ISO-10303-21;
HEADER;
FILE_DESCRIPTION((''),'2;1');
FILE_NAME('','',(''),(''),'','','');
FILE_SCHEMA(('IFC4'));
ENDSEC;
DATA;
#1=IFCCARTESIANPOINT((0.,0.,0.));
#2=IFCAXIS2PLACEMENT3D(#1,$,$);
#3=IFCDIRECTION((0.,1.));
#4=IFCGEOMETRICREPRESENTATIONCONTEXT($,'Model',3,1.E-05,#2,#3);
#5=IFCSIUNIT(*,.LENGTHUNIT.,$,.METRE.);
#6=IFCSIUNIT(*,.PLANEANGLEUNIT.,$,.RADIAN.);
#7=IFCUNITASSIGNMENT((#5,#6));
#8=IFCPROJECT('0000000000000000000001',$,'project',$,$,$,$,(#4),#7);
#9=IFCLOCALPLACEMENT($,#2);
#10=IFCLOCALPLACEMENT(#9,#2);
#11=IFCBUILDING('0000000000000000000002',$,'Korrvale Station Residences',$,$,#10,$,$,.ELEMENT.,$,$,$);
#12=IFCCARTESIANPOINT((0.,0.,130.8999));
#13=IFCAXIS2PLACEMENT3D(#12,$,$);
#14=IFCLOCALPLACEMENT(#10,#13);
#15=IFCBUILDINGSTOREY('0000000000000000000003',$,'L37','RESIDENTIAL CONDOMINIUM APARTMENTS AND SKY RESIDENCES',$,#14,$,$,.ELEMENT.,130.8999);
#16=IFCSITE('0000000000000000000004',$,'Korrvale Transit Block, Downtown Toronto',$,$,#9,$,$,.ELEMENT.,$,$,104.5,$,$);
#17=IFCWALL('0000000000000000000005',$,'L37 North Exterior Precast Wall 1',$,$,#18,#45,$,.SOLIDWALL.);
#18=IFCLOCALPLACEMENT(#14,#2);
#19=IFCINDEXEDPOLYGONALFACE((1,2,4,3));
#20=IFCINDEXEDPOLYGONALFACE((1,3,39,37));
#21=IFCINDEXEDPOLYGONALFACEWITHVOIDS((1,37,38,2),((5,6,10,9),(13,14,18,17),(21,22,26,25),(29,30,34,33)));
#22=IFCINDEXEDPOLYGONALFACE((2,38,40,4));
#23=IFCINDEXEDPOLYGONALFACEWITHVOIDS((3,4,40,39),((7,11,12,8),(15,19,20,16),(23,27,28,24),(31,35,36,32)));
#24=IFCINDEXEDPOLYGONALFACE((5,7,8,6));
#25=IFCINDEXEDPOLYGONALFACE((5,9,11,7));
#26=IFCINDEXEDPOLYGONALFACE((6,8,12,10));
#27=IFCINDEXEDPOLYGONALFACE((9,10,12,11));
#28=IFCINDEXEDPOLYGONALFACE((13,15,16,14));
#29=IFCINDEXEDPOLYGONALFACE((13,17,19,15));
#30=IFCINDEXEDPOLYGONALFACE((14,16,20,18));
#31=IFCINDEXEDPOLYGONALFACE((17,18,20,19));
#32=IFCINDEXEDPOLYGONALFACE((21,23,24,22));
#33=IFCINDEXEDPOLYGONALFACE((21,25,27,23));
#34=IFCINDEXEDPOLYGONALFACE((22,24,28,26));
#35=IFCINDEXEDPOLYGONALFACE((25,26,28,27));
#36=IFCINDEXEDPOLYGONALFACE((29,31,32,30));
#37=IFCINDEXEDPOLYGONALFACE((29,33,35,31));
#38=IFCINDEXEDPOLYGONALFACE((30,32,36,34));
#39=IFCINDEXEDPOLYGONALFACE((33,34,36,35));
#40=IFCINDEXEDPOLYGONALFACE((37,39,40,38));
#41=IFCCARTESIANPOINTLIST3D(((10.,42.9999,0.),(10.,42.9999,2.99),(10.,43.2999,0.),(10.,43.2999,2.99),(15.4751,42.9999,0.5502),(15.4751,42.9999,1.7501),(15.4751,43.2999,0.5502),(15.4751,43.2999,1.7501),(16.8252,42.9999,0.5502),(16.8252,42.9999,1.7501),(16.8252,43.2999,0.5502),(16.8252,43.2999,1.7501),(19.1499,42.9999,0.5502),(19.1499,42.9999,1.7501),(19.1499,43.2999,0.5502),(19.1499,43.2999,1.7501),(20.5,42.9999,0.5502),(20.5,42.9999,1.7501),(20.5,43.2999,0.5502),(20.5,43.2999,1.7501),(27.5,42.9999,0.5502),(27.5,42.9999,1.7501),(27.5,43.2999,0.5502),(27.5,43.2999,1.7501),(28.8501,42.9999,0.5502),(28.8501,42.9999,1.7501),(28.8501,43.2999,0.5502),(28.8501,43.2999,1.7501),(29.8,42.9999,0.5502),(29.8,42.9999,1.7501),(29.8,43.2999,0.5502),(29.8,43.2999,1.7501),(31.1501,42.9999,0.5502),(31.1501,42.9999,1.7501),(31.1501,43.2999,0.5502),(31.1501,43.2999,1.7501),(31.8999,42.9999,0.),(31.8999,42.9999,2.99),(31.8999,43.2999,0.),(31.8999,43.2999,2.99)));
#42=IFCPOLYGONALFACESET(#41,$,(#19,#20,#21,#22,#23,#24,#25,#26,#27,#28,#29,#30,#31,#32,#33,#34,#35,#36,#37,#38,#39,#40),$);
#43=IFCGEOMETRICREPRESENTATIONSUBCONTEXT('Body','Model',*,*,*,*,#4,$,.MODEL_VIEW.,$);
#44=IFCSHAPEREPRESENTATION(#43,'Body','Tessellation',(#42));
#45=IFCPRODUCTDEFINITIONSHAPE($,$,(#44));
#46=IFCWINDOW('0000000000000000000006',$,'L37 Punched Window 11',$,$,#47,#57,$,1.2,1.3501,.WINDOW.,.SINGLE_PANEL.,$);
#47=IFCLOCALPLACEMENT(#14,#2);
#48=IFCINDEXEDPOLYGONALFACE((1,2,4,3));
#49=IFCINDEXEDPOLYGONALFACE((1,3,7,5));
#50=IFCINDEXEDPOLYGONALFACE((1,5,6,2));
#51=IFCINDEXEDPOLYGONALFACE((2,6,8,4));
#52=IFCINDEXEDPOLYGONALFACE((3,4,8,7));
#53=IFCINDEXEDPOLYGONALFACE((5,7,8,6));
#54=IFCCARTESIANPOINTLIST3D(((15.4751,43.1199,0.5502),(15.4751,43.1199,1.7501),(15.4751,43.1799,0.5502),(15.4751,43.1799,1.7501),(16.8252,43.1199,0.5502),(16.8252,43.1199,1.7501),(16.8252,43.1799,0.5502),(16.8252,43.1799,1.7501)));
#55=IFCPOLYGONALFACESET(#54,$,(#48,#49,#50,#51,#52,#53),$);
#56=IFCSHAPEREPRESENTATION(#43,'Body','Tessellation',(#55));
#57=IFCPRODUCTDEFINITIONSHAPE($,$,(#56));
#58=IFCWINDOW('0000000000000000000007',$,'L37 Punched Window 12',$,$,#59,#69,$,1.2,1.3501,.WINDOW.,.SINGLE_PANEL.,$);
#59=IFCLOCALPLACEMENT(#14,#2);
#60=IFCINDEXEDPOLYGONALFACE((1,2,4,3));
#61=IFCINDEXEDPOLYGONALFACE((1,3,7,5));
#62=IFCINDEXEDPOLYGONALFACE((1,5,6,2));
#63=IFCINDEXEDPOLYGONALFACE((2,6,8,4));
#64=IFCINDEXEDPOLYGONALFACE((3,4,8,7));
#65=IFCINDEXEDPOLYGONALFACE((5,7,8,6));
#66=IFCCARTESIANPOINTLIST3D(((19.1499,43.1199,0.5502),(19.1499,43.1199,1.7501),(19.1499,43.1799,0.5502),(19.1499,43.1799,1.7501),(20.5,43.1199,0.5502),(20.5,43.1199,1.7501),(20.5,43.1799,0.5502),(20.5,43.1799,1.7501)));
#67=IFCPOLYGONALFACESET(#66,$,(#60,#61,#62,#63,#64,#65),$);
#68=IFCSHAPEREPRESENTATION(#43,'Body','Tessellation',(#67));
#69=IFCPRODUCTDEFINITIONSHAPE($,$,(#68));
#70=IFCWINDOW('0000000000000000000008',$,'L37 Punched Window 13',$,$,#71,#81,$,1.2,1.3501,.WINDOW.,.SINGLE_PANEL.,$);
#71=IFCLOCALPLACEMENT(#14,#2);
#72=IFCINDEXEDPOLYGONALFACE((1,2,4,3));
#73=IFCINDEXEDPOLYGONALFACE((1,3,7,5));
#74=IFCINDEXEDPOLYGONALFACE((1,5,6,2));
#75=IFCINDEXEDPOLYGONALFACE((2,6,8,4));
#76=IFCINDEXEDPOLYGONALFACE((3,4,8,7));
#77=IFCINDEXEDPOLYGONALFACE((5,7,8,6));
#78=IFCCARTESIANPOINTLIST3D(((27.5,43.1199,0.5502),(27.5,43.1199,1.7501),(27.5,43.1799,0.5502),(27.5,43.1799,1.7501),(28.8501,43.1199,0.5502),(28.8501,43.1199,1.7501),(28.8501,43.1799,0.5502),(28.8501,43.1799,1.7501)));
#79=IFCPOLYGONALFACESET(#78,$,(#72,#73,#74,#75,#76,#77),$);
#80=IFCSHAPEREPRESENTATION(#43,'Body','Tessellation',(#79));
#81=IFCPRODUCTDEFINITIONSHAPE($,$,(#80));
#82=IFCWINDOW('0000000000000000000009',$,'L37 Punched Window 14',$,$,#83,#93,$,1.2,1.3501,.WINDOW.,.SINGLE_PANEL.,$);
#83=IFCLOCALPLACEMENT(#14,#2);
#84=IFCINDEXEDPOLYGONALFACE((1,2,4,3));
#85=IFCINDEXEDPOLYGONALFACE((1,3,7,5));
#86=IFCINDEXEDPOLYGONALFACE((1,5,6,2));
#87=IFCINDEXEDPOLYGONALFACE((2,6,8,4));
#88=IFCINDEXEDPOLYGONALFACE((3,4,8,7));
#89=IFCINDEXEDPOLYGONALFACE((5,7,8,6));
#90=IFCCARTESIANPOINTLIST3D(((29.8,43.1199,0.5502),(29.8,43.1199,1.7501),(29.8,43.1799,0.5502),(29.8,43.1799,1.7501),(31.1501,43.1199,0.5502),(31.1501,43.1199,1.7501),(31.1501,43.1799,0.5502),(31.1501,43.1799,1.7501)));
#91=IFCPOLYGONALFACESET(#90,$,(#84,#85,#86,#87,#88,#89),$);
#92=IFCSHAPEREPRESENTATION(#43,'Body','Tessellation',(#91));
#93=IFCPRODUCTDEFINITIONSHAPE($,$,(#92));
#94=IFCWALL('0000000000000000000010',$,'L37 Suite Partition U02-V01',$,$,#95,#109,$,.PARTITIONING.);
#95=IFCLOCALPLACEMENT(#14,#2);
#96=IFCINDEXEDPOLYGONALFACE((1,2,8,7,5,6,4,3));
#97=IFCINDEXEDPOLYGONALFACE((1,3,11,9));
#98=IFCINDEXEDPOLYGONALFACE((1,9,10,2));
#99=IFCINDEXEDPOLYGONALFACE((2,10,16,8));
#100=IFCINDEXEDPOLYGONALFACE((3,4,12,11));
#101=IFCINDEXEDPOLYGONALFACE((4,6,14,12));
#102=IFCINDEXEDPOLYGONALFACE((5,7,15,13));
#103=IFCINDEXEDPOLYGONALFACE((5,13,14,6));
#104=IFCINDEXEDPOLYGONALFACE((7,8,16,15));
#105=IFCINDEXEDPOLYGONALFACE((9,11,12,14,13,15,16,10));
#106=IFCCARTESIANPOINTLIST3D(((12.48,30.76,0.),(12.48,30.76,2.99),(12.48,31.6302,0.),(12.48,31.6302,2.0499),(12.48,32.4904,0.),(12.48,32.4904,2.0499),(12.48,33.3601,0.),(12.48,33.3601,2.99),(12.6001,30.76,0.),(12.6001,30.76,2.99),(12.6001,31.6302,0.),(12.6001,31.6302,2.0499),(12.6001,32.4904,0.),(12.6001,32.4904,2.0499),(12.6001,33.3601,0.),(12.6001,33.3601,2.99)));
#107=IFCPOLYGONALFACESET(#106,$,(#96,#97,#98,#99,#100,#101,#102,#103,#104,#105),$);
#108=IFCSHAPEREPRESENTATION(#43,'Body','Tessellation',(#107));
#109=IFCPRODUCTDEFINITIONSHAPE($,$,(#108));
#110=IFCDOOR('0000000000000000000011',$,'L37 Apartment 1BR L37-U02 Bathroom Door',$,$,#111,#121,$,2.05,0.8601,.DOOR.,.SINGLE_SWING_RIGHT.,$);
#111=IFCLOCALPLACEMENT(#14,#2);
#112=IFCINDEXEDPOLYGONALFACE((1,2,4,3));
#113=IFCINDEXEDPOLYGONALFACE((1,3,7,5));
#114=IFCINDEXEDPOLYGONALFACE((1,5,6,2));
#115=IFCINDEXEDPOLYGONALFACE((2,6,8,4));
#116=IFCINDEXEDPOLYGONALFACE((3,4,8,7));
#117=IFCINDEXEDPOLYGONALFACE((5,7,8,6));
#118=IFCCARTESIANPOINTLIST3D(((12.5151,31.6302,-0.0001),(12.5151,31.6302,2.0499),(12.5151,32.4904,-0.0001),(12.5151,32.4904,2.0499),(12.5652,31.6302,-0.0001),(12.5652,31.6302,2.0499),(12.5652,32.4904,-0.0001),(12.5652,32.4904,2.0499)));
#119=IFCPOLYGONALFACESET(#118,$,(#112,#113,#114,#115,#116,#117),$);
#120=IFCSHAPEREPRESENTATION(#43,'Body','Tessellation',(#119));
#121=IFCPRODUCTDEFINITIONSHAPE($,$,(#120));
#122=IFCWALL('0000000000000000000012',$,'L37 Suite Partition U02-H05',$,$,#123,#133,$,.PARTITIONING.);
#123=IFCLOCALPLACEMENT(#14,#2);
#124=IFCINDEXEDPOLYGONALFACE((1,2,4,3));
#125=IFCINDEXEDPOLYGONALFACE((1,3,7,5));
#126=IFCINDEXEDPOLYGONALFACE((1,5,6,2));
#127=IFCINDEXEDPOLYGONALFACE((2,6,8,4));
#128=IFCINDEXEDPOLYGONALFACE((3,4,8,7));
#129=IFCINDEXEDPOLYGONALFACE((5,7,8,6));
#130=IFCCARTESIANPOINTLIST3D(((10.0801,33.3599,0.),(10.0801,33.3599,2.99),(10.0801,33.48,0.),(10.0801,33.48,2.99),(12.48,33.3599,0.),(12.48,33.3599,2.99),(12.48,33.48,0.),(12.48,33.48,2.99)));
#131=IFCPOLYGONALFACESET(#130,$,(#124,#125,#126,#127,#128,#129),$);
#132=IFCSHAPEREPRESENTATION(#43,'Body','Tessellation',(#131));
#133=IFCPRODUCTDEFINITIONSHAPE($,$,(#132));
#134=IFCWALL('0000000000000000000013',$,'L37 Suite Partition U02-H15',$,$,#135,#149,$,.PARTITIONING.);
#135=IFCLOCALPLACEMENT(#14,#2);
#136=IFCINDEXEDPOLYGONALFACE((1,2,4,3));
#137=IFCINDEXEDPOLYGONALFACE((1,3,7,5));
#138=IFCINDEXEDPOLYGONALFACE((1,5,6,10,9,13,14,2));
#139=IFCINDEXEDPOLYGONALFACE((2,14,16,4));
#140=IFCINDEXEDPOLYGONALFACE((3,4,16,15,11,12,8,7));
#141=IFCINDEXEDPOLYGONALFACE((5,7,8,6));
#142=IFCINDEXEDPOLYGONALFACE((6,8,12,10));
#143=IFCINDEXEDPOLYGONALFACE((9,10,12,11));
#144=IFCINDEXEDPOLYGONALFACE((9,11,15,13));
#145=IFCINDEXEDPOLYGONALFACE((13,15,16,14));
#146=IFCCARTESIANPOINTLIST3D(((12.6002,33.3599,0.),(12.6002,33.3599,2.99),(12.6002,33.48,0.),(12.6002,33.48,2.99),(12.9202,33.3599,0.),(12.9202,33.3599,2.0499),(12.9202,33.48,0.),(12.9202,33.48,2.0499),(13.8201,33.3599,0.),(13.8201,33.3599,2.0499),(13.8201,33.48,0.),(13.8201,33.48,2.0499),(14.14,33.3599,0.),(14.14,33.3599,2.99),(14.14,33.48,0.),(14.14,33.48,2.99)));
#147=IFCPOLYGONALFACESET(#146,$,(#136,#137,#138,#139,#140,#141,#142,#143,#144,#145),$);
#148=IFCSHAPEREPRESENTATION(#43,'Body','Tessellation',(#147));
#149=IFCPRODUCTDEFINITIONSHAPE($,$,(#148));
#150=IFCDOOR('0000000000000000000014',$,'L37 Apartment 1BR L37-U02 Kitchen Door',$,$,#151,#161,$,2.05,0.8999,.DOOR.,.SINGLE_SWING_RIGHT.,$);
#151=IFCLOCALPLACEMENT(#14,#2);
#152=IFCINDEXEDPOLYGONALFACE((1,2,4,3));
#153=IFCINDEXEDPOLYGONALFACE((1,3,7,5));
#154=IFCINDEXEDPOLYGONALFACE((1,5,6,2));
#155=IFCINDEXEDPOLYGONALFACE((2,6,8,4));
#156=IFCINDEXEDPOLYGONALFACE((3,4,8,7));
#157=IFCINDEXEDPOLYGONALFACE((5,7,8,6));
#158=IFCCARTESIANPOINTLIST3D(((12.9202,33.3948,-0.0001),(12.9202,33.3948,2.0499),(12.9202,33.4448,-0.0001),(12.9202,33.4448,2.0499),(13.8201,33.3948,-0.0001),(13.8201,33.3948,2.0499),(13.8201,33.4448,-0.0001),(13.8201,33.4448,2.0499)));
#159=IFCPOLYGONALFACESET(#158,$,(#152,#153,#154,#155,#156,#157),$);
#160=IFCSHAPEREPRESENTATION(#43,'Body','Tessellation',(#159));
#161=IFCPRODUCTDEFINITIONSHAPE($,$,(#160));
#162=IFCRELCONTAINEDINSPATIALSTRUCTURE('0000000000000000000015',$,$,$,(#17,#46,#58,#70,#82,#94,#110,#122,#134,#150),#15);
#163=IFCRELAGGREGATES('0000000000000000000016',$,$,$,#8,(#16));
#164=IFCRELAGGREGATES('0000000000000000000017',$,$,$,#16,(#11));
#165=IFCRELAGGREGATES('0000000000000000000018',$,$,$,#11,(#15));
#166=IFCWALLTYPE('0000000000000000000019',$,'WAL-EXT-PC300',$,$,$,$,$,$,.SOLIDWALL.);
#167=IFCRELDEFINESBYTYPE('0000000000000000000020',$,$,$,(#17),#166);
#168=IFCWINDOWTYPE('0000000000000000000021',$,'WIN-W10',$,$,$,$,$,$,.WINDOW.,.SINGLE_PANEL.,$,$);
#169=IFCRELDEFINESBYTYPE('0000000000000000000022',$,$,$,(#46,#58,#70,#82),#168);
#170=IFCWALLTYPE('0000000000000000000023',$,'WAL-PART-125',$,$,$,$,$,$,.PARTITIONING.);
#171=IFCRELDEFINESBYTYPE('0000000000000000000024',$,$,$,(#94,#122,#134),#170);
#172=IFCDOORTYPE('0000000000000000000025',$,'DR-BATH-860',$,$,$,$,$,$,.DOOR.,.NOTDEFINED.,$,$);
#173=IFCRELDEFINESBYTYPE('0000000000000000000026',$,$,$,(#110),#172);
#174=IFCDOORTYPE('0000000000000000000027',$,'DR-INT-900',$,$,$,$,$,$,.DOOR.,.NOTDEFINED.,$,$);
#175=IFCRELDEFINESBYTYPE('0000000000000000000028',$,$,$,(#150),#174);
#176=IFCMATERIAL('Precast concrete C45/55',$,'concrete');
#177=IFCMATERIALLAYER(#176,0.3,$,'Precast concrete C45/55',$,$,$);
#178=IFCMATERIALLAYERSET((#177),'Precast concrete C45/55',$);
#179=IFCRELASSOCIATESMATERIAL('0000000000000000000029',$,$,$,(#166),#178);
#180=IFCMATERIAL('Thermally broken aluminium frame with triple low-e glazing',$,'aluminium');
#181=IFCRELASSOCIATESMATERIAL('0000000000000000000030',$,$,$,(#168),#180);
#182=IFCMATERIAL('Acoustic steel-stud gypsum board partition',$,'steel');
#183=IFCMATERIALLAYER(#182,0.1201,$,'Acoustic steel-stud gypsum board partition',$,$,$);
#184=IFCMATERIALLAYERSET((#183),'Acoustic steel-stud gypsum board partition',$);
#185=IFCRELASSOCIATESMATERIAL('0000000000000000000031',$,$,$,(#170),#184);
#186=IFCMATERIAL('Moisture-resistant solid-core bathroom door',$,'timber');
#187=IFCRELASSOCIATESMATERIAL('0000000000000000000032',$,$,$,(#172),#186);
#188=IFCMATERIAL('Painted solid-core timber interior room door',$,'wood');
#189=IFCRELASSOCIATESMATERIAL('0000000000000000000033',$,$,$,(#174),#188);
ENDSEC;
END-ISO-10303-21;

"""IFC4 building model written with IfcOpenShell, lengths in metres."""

from ifc_helpers import new_model, si_unit, direction, frame, frame_2d, origin, place, context, subcontext, project, spatial, rectangle, extrude, material, layer, layer_set, type_object, element, fill, save


model = new_model("IFC4")

# Units and contexts
model_context = context("Model", 3, precision=1e-05, world=origin(), true_north=direction((0.0, 1.0)))
body_context = subcontext(model_context, "Body", "Model", "MODEL_VIEW")
ifc_project = project(units=[si_unit("LENGTHUNIT", "METRE"), si_unit("PLANEANGLEUNIT", "RADIAN")], contexts=[model_context])

# Site, building, storey
site_placement = place(None, origin())
site = spatial("IfcSite", under=ifc_project, at=site_placement, Name="Korrvale Transit Block, Downtown Toronto", CompositionType="ELEMENT", RefElevation=104.5)
building_placement = place(site_placement, origin())
building = spatial("IfcBuilding", under=site, at=building_placement, Name="Korrvale Station Residences", CompositionType="ELEMENT")
storey_placement = place(building_placement, frame((0.0, 0.0, 130.8999)))
storey = spatial("IfcBuildingStorey", under=building, at=storey_placement, Name="L37", Description="RESIDENTIAL CONDOMINIUM APARTMENTS AND SKY RESIDENCES", CompositionType="ELEMENT", Elevation=130.8999)

# Shared definitions
ifc_material_1 = material(Name="Precast concrete C45/55", Category="concrete")

# Wall, openings, windows
ifc_layer_1 = layer(ifc_material_1, 0.3, Name="Precast concrete C45/55")
ifc_layer_set_1 = layer_set([ifc_layer_1], Name="Precast concrete C45/55")
wall_type_1 = type_object("IfcWallType", Name="WAL-EXT-PC300", PredefinedType="SOLIDWALL", material=ifc_layer_set_1)
wall_1_placement = place(storey_placement, frame((10.0, 43.1499, 0.0), z_axis=(0.0, 0.0, 1.0), x_axis=(1.0, 0.0, 0.0)))
wall_1 = element("IfcWall", 1, at=wall_1_placement, inside=storey, type_object=wall_type_1, Name="L37 North Exterior Precast Wall 1", PredefinedType="SOLIDWALL", context=body_context, shape_type="SweptSolid", body=[
    extrude(rectangle(XDim=21.8999, YDim=0.3, at=frame_2d((10.95, 0.0))), origin(), (0.0, 0.0, 1.0), 2.99),
])
opening_1_placement = place(wall_1_placement, frame((5.4751, 0.0, 0.55)))
opening_1 = element("IfcOpeningElement", 2, at=opening_1_placement, cuts=wall_1, PredefinedType="OPENING", context=body_context, shape_type="SweptSolid", body=[
    extrude(rectangle(XDim=1.3501, YDim=1.2, at=frame_2d((0.675, 0.6001))), frame((0.0, 0.1602, 0.0), z_axis=(0.0, -1.0, 0.0), x_axis=(1.0, 0.0, 0.0)), (0.0, 0.0, 1.0), 0.3201),
])
opening_2_placement = place(wall_1_placement, frame((9.1499, 0.0, 0.55)))
opening_2 = element("IfcOpeningElement", 3, at=opening_2_placement, cuts=wall_1, PredefinedType="OPENING", context=body_context, shape_type="SweptSolid", body=[
    extrude(rectangle(XDim=1.3501, YDim=1.2, at=frame_2d((0.675, 0.6001))), frame((0.0, 0.1602, 0.0), z_axis=(0.0, -1.0, 0.0), x_axis=(1.0, 0.0, 0.0)), (0.0, 0.0, 1.0), 0.3201),
])
opening_3_placement = place(wall_1_placement, frame((17.5, 0.0, 0.55)))
opening_3 = element("IfcOpeningElement", 4, at=opening_3_placement, cuts=wall_1, PredefinedType="OPENING", context=body_context, shape_type="SweptSolid", body=[
    extrude(rectangle(XDim=1.3501, YDim=1.2, at=frame_2d((0.675, 0.6001))), frame((0.0, 0.1602, 0.0), z_axis=(0.0, -1.0, 0.0), x_axis=(1.0, 0.0, 0.0)), (0.0, 0.0, 1.0), 0.3201),
])
opening_4_placement = place(wall_1_placement, frame((19.8, 0.0, 0.55)))
opening_4 = element("IfcOpeningElement", 5, at=opening_4_placement, cuts=wall_1, PredefinedType="OPENING", context=body_context, shape_type="SweptSolid", body=[
    extrude(rectangle(XDim=1.3501, YDim=1.2, at=frame_2d((0.675, 0.6001))), frame((0.0, 0.1602, 0.0), z_axis=(0.0, -1.0, 0.0), x_axis=(1.0, 0.0, 0.0)), (0.0, 0.0, 1.0), 0.3201),
])
ifc_material_2 = material(Name="Thermally broken aluminium frame with triple low-e glazing", Category="aluminium")
window_type = type_object("IfcWindowType", Name="WIN-W10", PartitioningType="SINGLE_PANEL", PredefinedType="WINDOW", material=ifc_material_2)
window_1_placement = place(opening_1_placement, origin())
window_1 = element("IfcWindow", 6, at=window_1_placement, inside=storey, type_object=window_type, Name="L37 Punched Window 11", OverallHeight=1.2, OverallWidth=1.3501, PartitioningType="SINGLE_PANEL", PredefinedType="WINDOW", context=body_context, shape_type="SweptSolid", body=[
    extrude(rectangle(XDim=1.3501, YDim=1.2, at=frame_2d((0.675, 0.6001))), frame((0.0, 0.03, 0.0), z_axis=(0.0, -1.0, 0.0), x_axis=(1.0, 0.0, 0.0)), (0.0, 0.0, 1.0), 0.0601),
])
fill(opening_1, window_1)
window_2_placement = place(opening_2_placement, origin())
window_2 = element("IfcWindow", 7, at=window_2_placement, inside=storey, type_object=window_type, Name="L37 Punched Window 12", OverallHeight=1.2, OverallWidth=1.3501, PartitioningType="SINGLE_PANEL", PredefinedType="WINDOW", context=body_context, shape_type="SweptSolid", body=[
    extrude(rectangle(XDim=1.3501, YDim=1.2, at=frame_2d((0.675, 0.6001))), frame((0.0, 0.03, 0.0), z_axis=(0.0, -1.0, 0.0), x_axis=(1.0, 0.0, 0.0)), (0.0, 0.0, 1.0), 0.0601),
])
fill(opening_2, window_2)
window_3_placement = place(opening_3_placement, origin())
window_3 = element("IfcWindow", 8, at=window_3_placement, inside=storey, type_object=window_type, Name="L37 Punched Window 13", OverallHeight=1.2, OverallWidth=1.3501, PartitioningType="SINGLE_PANEL", PredefinedType="WINDOW", context=body_context, shape_type="SweptSolid", body=[
    extrude(rectangle(XDim=1.3501, YDim=1.2, at=frame_2d((0.675, 0.6001))), frame((0.0, 0.03, 0.0), z_axis=(0.0, -1.0, 0.0), x_axis=(1.0, 0.0, 0.0)), (0.0, 0.0, 1.0), 0.0601),
])
fill(opening_3, window_3)
window_4_placement = place(opening_4_placement, origin())
window_4 = element("IfcWindow", 9, at=window_4_placement, inside=storey, type_object=window_type, Name="L37 Punched Window 14", OverallHeight=1.2, OverallWidth=1.3501, PartitioningType="SINGLE_PANEL", PredefinedType="WINDOW", context=body_context, shape_type="SweptSolid", body=[
    extrude(rectangle(XDim=1.3501, YDim=1.2, at=frame_2d((0.675, 0.6001))), frame((0.0, 0.03, 0.0), z_axis=(0.0, -1.0, 0.0), x_axis=(1.0, 0.0, 0.0)), (0.0, 0.0, 1.0), 0.0601),
])
fill(opening_4, window_4)

# Wall, opening, door
ifc_material_3 = material(Name="Acoustic steel-stud gypsum board partition", Category="steel")
ifc_layer_2 = layer(ifc_material_3, 0.1201, Name="Acoustic steel-stud gypsum board partition")
ifc_layer_set_2 = layer_set([ifc_layer_2], Name="Acoustic steel-stud gypsum board partition")
wall_type_2 = type_object("IfcWallType", Name="WAL-PART-125", PredefinedType="PARTITIONING", material=ifc_layer_set_2)
wall_2_placement = place(storey_placement, frame((12.54, 30.76, 0.0), z_axis=(0.0, 0.0, 1.0), x_axis=(0.0, 1.0, 0.0)))
wall_2 = element("IfcWall", 10, at=wall_2_placement, inside=storey, type_object=wall_type_2, Name="L37 Suite Partition U02-V01", PredefinedType="PARTITIONING", context=body_context, shape_type="SweptSolid", body=[
    extrude(rectangle(XDim=2.6001, YDim=0.1201, at=frame_2d((1.3, 0.0))), origin(), (0.0, 0.0, 1.0), 2.99),
])
opening_5_placement = place(wall_2_placement, frame((0.8701, 0.0, 0.0)))
opening_5 = element("IfcOpeningElement", 11, at=opening_5_placement, cuts=wall_2, PredefinedType="OPENING", context=body_context, shape_type="SweptSolid", body=[
    extrude(rectangle(XDim=0.8601, YDim=2.05, at=frame_2d((0.4302, 1.0249))), frame((0.0, 0.0701, 0.0), z_axis=(0.0, -1.0, 0.0), x_axis=(1.0, 0.0, 0.0)), (0.0, 0.0, 1.0), 0.1401),
])
ifc_material_4 = material(Name="Moisture-resistant solid-core bathroom door", Category="timber")
door_type_1 = type_object("IfcDoorType", Name="DR-BATH-860", OperationType="NOTDEFINED", PredefinedType="DOOR", material=ifc_material_4)
door_1_placement = place(opening_5_placement, origin())
door_1 = element("IfcDoor", 12, at=door_1_placement, inside=storey, type_object=door_type_1, Name="L37 Apartment 1BR L37-U02 Bathroom Door", OperationType="SINGLE_SWING_RIGHT", OverallHeight=2.05, OverallWidth=0.8601, PredefinedType="DOOR", context=body_context, shape_type="SweptSolid", body=[
    extrude(rectangle(XDim=0.8601, YDim=2.05, at=frame_2d((0.4302, 1.0249))), frame((0.0, 0.0249, 0.0), z_axis=(0.0, -1.0, 0.0), x_axis=(1.0, 0.0, 0.0)), (0.0, 0.0, 1.0), 0.05),
])
fill(opening_5, door_1)

# Wall
wall_3_placement = place(storey_placement, frame((10.0801, 33.4199, 0.0), z_axis=(0.0, 0.0, 1.0), x_axis=(1.0, 0.0, 0.0)))
element("IfcWall", 13, at=wall_3_placement, inside=storey, type_object=wall_type_2, Name="L37 Suite Partition U02-H05", PredefinedType="PARTITIONING", context=body_context, shape_type="SweptSolid", body=[
    extrude(rectangle(XDim=2.3999, YDim=0.1201, at=frame_2d((1.2, 0.0))), origin(), (0.0, 0.0, 1.0), 2.99),
])

# Wall, opening, door
wall_4_placement = place(storey_placement, frame((12.6001, 33.4199, 0.0), z_axis=(0.0, 0.0, 1.0), x_axis=(1.0, 0.0, 0.0)))
wall_4 = element("IfcWall", 14, at=wall_4_placement, inside=storey, type_object=wall_type_2, Name="L37 Suite Partition U02-H15", PredefinedType="PARTITIONING", context=body_context, shape_type="SweptSolid", body=[
    extrude(rectangle(XDim=1.5398, YDim=0.1201, at=frame_2d((0.77, 0.0))), origin(), (0.0, 0.0, 1.0), 2.99),
])
opening_6_placement = place(wall_4_placement, frame((0.3201, 0.0, 0.0)))
opening_6 = element("IfcOpeningElement", 15, at=opening_6_placement, cuts=wall_4, PredefinedType="OPENING", context=body_context, shape_type="SweptSolid", body=[
    extrude(rectangle(XDim=0.8999, YDim=2.05, at=frame_2d((0.45, 1.0249))), frame((0.0, 0.0701, 0.0), z_axis=(0.0, -1.0, 0.0), x_axis=(1.0, 0.0, 0.0)), (0.0, 0.0, 1.0), 0.1401),
])
ifc_material_5 = material(Name="Painted solid-core timber interior room door", Category="wood")
door_type_2 = type_object("IfcDoorType", Name="DR-INT-900", OperationType="NOTDEFINED", PredefinedType="DOOR", material=ifc_material_5)
door_2_placement = place(opening_6_placement, origin())
door_2 = element("IfcDoor", 16, at=door_2_placement, inside=storey, type_object=door_type_2, Name="L37 Apartment 1BR L37-U02 Kitchen Door", OperationType="SINGLE_SWING_RIGHT", OverallHeight=2.05, OverallWidth=0.8999, PredefinedType="DOOR", context=body_context, shape_type="SweptSolid", body=[
    extrude(rectangle(XDim=0.8999, YDim=2.05, at=frame_2d((0.45, 1.0249))), frame((0.0, 0.0249, 0.0), z_axis=(0.0, -1.0, 0.0), x_axis=(1.0, 0.0, 0.0)), (0.0, 0.0, 1.0), 0.05),
])
fill(opening_6, door_2)

save(model, "model.ifc")
